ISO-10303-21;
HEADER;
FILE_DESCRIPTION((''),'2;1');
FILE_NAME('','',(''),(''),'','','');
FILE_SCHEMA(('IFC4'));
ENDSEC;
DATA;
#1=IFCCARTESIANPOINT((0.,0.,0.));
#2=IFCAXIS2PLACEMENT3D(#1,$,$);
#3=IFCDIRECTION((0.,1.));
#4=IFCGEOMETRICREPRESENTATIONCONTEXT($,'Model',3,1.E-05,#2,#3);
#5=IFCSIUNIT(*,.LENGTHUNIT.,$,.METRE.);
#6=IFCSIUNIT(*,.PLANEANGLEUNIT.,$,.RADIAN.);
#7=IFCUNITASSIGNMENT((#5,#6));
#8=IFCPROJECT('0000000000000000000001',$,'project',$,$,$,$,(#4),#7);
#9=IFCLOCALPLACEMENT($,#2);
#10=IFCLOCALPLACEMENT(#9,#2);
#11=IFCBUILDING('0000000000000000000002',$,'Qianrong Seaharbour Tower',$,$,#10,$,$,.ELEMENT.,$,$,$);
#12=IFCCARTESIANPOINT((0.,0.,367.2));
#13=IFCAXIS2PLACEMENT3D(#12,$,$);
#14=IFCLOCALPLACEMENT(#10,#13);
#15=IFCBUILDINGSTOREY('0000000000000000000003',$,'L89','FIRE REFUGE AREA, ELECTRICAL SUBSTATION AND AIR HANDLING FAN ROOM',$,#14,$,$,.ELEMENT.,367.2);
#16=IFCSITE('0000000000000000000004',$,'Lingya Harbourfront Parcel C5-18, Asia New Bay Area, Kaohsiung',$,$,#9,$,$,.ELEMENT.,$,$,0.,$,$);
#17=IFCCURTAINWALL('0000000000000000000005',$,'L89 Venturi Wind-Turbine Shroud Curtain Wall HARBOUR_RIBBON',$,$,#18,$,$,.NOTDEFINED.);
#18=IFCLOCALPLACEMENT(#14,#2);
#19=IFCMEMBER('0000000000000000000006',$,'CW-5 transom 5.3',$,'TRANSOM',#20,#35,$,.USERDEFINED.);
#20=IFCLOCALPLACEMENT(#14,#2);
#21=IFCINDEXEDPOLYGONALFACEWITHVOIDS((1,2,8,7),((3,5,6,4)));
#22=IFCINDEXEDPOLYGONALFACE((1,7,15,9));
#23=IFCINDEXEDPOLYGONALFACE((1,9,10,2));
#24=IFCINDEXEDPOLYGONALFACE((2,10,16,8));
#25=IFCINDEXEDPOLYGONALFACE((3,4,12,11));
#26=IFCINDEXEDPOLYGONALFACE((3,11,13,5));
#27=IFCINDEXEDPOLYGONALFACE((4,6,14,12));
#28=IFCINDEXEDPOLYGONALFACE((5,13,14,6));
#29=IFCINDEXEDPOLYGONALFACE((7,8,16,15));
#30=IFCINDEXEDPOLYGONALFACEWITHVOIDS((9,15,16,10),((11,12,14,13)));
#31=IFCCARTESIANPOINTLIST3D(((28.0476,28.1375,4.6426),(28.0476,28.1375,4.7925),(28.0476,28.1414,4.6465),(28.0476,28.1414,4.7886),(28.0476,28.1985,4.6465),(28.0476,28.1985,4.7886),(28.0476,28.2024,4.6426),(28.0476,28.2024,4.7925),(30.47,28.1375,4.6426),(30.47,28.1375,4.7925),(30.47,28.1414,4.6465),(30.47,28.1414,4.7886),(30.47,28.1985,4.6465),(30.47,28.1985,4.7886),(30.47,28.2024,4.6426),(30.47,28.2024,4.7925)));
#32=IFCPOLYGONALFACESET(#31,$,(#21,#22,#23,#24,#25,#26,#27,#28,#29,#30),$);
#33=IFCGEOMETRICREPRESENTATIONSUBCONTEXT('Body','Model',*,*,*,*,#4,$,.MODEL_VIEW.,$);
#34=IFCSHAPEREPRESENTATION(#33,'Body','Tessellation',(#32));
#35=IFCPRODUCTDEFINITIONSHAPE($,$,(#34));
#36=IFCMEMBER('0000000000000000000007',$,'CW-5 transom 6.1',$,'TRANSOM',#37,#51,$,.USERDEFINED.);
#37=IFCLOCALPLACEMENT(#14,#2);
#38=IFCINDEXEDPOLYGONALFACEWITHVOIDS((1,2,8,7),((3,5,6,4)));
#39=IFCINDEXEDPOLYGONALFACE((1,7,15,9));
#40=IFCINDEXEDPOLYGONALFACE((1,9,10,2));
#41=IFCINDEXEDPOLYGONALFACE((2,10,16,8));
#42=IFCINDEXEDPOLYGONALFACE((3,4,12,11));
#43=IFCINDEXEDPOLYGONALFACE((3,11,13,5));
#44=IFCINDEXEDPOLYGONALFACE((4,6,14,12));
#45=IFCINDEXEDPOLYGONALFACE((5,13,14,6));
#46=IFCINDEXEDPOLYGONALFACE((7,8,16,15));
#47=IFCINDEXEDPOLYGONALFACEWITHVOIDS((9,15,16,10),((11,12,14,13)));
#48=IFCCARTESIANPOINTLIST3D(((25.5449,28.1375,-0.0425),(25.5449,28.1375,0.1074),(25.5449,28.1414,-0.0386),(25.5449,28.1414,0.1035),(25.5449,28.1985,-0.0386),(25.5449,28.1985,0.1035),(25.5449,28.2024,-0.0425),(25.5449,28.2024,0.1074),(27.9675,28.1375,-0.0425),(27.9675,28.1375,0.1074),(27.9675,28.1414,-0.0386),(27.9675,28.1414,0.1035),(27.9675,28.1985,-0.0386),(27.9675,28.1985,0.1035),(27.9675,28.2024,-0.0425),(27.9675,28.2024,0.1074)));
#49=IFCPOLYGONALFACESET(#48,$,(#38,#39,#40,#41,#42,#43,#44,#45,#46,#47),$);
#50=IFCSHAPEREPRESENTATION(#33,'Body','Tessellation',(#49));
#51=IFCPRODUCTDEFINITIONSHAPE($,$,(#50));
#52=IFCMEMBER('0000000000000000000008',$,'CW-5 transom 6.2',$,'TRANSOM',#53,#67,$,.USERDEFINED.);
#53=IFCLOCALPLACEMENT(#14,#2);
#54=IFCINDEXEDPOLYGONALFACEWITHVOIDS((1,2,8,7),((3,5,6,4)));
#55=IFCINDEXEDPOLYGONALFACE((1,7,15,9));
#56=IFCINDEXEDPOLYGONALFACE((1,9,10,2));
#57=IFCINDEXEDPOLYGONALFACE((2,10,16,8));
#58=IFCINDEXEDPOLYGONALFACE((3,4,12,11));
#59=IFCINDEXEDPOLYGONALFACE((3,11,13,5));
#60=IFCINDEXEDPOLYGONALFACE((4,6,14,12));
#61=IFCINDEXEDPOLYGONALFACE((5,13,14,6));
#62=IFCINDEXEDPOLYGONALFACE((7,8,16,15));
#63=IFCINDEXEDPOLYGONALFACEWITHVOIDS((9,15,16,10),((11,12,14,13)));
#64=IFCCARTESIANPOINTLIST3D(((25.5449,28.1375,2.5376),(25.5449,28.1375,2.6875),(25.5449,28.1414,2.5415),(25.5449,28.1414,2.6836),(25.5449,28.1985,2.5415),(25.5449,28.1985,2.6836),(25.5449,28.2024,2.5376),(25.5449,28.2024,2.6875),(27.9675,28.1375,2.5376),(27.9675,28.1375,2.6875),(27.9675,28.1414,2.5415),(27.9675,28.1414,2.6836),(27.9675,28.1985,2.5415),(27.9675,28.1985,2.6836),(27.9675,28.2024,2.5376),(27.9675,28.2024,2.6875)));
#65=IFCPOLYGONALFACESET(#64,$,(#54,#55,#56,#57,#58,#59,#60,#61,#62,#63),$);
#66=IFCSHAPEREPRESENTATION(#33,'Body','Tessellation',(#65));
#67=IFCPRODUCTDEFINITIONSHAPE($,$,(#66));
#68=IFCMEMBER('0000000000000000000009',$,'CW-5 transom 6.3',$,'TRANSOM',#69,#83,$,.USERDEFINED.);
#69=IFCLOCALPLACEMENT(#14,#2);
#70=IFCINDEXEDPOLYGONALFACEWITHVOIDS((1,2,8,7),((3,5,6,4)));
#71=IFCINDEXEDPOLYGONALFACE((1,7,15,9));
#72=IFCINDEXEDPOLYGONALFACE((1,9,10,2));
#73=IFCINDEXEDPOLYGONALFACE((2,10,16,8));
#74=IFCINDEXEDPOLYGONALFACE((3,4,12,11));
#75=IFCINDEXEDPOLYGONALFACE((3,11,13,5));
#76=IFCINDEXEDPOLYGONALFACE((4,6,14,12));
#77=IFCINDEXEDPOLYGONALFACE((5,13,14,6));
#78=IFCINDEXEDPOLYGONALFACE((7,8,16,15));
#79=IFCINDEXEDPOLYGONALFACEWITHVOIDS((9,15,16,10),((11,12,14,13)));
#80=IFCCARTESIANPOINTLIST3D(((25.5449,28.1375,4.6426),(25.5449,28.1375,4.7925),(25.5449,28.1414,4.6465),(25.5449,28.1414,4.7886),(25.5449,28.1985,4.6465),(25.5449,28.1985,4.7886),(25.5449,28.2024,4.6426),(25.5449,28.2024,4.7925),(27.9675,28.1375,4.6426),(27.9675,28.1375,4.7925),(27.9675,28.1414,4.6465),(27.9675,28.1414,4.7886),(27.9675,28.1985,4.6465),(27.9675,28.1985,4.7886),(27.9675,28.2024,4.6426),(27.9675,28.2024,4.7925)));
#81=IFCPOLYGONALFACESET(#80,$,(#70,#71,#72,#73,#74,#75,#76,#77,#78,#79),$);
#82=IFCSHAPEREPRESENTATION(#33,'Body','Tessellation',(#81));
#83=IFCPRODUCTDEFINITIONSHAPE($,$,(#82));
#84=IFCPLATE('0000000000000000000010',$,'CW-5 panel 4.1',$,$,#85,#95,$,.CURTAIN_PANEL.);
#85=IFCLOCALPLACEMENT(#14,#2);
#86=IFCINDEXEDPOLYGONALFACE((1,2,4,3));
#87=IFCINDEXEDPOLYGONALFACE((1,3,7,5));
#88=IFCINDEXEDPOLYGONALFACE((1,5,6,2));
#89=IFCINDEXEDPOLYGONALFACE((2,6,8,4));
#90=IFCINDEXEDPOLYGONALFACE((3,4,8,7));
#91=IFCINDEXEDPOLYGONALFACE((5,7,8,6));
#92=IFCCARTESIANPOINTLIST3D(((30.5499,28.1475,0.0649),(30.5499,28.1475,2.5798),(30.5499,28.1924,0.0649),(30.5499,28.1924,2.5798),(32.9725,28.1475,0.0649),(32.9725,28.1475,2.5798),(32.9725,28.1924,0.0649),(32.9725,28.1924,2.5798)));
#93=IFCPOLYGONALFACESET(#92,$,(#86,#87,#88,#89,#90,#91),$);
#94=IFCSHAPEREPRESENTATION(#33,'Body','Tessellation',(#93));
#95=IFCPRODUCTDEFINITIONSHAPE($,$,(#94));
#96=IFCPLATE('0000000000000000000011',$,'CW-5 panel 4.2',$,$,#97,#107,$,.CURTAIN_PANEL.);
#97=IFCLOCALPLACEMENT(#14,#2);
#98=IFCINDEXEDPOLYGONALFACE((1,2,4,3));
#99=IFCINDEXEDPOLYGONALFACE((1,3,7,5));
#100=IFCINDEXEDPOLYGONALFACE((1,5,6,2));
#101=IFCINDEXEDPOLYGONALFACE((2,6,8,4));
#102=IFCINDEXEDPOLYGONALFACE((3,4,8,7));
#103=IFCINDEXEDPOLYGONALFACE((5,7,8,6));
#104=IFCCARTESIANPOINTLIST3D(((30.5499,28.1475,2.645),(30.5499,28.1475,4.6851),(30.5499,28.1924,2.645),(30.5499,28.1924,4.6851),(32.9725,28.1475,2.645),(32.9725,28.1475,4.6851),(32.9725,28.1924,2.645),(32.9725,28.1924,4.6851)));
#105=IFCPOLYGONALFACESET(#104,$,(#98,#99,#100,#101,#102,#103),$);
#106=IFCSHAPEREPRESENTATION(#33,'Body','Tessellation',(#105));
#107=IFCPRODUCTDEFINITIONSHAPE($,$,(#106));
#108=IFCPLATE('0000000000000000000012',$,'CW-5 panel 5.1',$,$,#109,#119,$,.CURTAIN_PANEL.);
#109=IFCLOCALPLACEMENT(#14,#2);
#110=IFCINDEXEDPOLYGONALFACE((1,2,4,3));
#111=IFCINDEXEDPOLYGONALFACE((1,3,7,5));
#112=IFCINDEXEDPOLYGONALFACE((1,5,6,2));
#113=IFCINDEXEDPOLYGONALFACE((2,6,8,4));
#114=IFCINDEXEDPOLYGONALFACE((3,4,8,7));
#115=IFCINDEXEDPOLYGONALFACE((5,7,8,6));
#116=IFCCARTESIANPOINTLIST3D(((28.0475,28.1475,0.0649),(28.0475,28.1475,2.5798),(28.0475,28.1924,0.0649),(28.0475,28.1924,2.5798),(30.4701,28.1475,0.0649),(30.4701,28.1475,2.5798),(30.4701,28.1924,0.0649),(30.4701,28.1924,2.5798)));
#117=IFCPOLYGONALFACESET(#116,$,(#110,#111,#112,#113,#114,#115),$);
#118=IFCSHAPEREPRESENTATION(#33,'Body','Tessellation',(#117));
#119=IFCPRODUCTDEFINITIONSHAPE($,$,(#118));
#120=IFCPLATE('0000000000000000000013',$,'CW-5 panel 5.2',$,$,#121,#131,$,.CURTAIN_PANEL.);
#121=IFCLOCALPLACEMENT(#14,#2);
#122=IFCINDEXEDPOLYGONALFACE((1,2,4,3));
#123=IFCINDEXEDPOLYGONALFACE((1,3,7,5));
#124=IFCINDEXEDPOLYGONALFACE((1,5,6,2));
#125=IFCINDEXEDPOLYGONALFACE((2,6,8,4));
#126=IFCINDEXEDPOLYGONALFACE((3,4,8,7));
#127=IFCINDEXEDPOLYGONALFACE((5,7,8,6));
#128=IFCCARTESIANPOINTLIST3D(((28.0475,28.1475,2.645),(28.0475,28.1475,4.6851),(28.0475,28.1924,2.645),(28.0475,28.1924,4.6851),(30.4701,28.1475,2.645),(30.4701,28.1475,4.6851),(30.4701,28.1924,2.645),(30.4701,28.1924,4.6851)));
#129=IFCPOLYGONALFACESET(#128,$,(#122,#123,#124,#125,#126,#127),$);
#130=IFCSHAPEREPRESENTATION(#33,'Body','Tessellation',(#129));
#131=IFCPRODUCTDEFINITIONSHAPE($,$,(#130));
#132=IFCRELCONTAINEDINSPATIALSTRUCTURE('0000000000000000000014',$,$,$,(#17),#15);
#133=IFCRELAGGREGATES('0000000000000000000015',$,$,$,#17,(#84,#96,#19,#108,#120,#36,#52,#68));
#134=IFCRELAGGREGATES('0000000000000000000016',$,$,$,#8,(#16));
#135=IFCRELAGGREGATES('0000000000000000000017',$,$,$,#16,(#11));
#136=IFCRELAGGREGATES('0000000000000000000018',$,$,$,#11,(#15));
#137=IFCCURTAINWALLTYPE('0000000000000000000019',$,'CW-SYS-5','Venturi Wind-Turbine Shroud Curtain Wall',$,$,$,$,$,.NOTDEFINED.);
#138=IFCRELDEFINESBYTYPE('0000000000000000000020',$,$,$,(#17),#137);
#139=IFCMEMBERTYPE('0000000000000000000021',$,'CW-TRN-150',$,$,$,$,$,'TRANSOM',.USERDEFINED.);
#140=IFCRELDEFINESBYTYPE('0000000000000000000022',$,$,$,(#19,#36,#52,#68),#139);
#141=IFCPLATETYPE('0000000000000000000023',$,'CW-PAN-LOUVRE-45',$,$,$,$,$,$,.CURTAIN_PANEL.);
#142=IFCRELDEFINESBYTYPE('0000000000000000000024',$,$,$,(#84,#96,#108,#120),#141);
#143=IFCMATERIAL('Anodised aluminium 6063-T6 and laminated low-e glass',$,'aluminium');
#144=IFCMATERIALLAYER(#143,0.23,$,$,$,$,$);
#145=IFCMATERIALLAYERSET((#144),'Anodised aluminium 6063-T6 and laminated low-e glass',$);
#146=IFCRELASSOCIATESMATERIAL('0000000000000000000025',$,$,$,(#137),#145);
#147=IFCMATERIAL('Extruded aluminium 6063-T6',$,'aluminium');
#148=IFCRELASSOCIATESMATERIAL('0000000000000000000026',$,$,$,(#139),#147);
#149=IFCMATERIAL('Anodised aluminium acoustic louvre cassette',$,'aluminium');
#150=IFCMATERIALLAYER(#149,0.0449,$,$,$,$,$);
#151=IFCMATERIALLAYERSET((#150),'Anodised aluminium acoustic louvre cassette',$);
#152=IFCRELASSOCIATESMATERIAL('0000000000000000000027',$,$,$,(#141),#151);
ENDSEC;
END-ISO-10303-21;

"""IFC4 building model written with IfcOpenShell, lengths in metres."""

from ifc_helpers import new_model, si_unit, direction, frame, origin, origin_2d, place, context, subcontext, project, spatial, rectangle, hollow_rectangle, extrude, material, layer, layer_set, material_profile, profile_set, type_object, element, aggregate, save


model = new_model("IFC4")

# Units and contexts
model_context = context("Model", 3, precision=1e-05, world=origin(), true_north=direction((0.0, 1.0)))
body_context = subcontext(model_context, "Body", "Model", "MODEL_VIEW")
ifc_project = project(units=[si_unit("LENGTHUNIT", "METRE"), si_unit("PLANEANGLEUNIT", "RADIAN")], contexts=[model_context])

# Site, building, storey
site_placement = place(None, origin())
site = spatial("IfcSite", under=ifc_project, at=site_placement, Name="Lingya Harbourfront Parcel C5-18, Asia New Bay Area, Kaohsiung", CompositionType="ELEMENT", RefElevation=0.0)
building_placement = place(site_placement, origin())
building = spatial("IfcBuilding", under=site, at=building_placement, Name="Qianrong Seaharbour Tower", CompositionType="ELEMENT")
storey_placement = place(building_placement, frame((0.0, 0.0, 367.2)))
storey = spatial("IfcBuildingStorey", under=building, at=storey_placement, Name="L89", Description="FIRE REFUGE AREA, ELECTRICAL SUBSTATION AND AIR HANDLING FAN ROOM", CompositionType="ELEMENT", Elevation=367.2)

# Curtain wall, members, plates
ifc_material_1 = material(Name="Anodised aluminium 6063-T6 and laminated low-e glass", Category="aluminium")
ifc_layer_1 = layer(ifc_material_1, 0.23)
ifc_layer_set_1 = layer_set([ifc_layer_1], Name="Anodised aluminium 6063-T6 and laminated low-e glass")
curtain_wall_type = type_object("IfcCurtainWallType", Name="CW-SYS-5", Description="Venturi Wind-Turbine Shroud Curtain Wall", PredefinedType="NOTDEFINED", material=ifc_layer_set_1)
curtain_wall_placement = place(storey_placement, origin())
curtain_wall = element("IfcCurtainWall", 1, at=curtain_wall_placement, inside=storey, type_object=curtain_wall_type, Name="L89 Venturi Wind-Turbine Shroud Curtain Wall HARBOUR_RIBBON", PredefinedType="NOTDEFINED")
ifc_material_2 = material(Name="Extruded aluminium 6063-T6", Category="aluminium")
ifc_material_profile_1 = material_profile(ifc_material_2, hollow_rectangle(XDim=0.0649, YDim=0.1499, WallThickness=0.0039, at=origin_2d()), Name="ALU-TRN-150x65x4")
ifc_profile_set_1 = profile_set([ifc_material_profile_1], Name="Extruded aluminium 6063-T6")
member_type_1 = type_object("IfcMemberType", Name="CW-TRN-150", ElementType="TRANSOM", PredefinedType="USERDEFINED", material=ifc_profile_set_1)
member_1_placement = place(storey_placement, frame((30.47, 28.1699, 4.7175), z_axis=(-1.0, 0.0, 0.0), x_axis=(0.0, -1.0, 0.0)))
member_1 = element("IfcMember", 2, at=member_1_placement, type_object=member_type_1, Name="CW-5 transom 5.3", ObjectType="TRANSOM", PredefinedType="USERDEFINED", context=body_context, shape_type="SweptSolid", body=[
    extrude(hollow_rectangle(XDim=0.0649, YDim=0.1499, WallThickness=0.0039, at=origin_2d()), origin(), (0.0, 0.0, 1.0), 2.4224),
])
member_2_placement = place(storey_placement, frame((27.9675, 28.1699, 0.0325), z_axis=(-1.0, 0.0, 0.0), x_axis=(0.0, -1.0, 0.0)))
member_2 = element("IfcMember", 3, at=member_2_placement, type_object=member_type_1, Name="CW-5 transom 6.1", ObjectType="TRANSOM", PredefinedType="USERDEFINED", context=body_context, shape_type="SweptSolid", body=[
    extrude(hollow_rectangle(XDim=0.0649, YDim=0.1499, WallThickness=0.0039, at=origin_2d()), origin(), (0.0, 0.0, 1.0), 2.4226),
])
member_3_placement = place(storey_placement, frame((27.9675, 28.1699, 2.6125), z_axis=(-1.0, 0.0, 0.0), x_axis=(0.0, -1.0, 0.0)))
member_3 = element("IfcMember", 4, at=member_3_placement, type_object=member_type_1, Name="CW-5 transom 6.2", ObjectType="TRANSOM", PredefinedType="USERDEFINED", context=body_context, shape_type="SweptSolid", body=[
    extrude(hollow_rectangle(XDim=0.0649, YDim=0.1499, WallThickness=0.0039, at=origin_2d()), origin(), (0.0, 0.0, 1.0), 2.4226),
])
member_4_placement = place(storey_placement, frame((27.9675, 28.1699, 4.7175), z_axis=(-1.0, 0.0, 0.0), x_axis=(0.0, -1.0, 0.0)))
member_4 = element("IfcMember", 5, at=member_4_placement, type_object=member_type_1, Name="CW-5 transom 6.3", ObjectType="TRANSOM", PredefinedType="USERDEFINED", context=body_context, shape_type="SweptSolid", body=[
    extrude(hollow_rectangle(XDim=0.0649, YDim=0.1499, WallThickness=0.0039, at=origin_2d()), origin(), (0.0, 0.0, 1.0), 2.4226),
])
ifc_material_3 = material(Name="Anodised aluminium acoustic louvre cassette", Category="aluminium")
ifc_layer_2 = layer(ifc_material_3, 0.0449)
ifc_layer_set_2 = layer_set([ifc_layer_2], Name="Anodised aluminium acoustic louvre cassette")
plate_type = type_object("IfcPlateType", Name="CW-PAN-LOUVRE-45", PredefinedType="CURTAIN_PANEL", material=ifc_layer_set_2)
plate_1_placement = place(storey_placement, frame((31.7612, 28.1699, 0.0649), z_axis=(0.0, 0.0, 1.0), x_axis=(-1.0, 0.0, 0.0)))
plate_1 = element("IfcPlate", 6, at=plate_1_placement, type_object=plate_type, Name="CW-5 panel 4.1", PredefinedType="CURTAIN_PANEL", context=body_context, shape_type="SweptSolid", body=[
    extrude(rectangle(XDim=2.4226, YDim=0.0449, at=origin_2d()), origin(), (0.0, 0.0, 1.0), 2.5149),
])
plate_2_placement = place(storey_placement, frame((31.7612, 28.1699, 2.645), z_axis=(0.0, 0.0, 1.0), x_axis=(-1.0, 0.0, 0.0)))
plate_2 = element("IfcPlate", 7, at=plate_2_placement, type_object=plate_type, Name="CW-5 panel 4.2", PredefinedType="CURTAIN_PANEL", context=body_context, shape_type="SweptSolid", body=[
    extrude(rectangle(XDim=2.4226, YDim=0.0449, at=origin_2d()), origin(), (0.0, 0.0, 1.0), 2.04),
])
plate_3_placement = place(storey_placement, frame((29.2588, 28.1699, 0.0649), z_axis=(0.0, 0.0, 1.0), x_axis=(-1.0, 0.0, 0.0)))
plate_3 = element("IfcPlate", 8, at=plate_3_placement, type_object=plate_type, Name="CW-5 panel 5.1", PredefinedType="CURTAIN_PANEL", context=body_context, shape_type="SweptSolid", body=[
    extrude(rectangle(XDim=2.4226, YDim=0.0449, at=origin_2d()), origin(), (0.0, 0.0, 1.0), 2.5149),
])
plate_4_placement = place(storey_placement, frame((29.2588, 28.1699, 2.645), z_axis=(0.0, 0.0, 1.0), x_axis=(-1.0, 0.0, 0.0)))
plate_4 = element("IfcPlate", 9, at=plate_4_placement, type_object=plate_type, Name="CW-5 panel 5.2", PredefinedType="CURTAIN_PANEL", context=body_context, shape_type="SweptSolid", body=[
    extrude(rectangle(XDim=2.4226, YDim=0.0449, at=origin_2d()), origin(), (0.0, 0.0, 1.0), 2.04),
])
aggregate(curtain_wall, [plate_1, plate_2, member_1, plate_3, plate_4, member_2, member_3, member_4])

save(model, "model.ifc")
